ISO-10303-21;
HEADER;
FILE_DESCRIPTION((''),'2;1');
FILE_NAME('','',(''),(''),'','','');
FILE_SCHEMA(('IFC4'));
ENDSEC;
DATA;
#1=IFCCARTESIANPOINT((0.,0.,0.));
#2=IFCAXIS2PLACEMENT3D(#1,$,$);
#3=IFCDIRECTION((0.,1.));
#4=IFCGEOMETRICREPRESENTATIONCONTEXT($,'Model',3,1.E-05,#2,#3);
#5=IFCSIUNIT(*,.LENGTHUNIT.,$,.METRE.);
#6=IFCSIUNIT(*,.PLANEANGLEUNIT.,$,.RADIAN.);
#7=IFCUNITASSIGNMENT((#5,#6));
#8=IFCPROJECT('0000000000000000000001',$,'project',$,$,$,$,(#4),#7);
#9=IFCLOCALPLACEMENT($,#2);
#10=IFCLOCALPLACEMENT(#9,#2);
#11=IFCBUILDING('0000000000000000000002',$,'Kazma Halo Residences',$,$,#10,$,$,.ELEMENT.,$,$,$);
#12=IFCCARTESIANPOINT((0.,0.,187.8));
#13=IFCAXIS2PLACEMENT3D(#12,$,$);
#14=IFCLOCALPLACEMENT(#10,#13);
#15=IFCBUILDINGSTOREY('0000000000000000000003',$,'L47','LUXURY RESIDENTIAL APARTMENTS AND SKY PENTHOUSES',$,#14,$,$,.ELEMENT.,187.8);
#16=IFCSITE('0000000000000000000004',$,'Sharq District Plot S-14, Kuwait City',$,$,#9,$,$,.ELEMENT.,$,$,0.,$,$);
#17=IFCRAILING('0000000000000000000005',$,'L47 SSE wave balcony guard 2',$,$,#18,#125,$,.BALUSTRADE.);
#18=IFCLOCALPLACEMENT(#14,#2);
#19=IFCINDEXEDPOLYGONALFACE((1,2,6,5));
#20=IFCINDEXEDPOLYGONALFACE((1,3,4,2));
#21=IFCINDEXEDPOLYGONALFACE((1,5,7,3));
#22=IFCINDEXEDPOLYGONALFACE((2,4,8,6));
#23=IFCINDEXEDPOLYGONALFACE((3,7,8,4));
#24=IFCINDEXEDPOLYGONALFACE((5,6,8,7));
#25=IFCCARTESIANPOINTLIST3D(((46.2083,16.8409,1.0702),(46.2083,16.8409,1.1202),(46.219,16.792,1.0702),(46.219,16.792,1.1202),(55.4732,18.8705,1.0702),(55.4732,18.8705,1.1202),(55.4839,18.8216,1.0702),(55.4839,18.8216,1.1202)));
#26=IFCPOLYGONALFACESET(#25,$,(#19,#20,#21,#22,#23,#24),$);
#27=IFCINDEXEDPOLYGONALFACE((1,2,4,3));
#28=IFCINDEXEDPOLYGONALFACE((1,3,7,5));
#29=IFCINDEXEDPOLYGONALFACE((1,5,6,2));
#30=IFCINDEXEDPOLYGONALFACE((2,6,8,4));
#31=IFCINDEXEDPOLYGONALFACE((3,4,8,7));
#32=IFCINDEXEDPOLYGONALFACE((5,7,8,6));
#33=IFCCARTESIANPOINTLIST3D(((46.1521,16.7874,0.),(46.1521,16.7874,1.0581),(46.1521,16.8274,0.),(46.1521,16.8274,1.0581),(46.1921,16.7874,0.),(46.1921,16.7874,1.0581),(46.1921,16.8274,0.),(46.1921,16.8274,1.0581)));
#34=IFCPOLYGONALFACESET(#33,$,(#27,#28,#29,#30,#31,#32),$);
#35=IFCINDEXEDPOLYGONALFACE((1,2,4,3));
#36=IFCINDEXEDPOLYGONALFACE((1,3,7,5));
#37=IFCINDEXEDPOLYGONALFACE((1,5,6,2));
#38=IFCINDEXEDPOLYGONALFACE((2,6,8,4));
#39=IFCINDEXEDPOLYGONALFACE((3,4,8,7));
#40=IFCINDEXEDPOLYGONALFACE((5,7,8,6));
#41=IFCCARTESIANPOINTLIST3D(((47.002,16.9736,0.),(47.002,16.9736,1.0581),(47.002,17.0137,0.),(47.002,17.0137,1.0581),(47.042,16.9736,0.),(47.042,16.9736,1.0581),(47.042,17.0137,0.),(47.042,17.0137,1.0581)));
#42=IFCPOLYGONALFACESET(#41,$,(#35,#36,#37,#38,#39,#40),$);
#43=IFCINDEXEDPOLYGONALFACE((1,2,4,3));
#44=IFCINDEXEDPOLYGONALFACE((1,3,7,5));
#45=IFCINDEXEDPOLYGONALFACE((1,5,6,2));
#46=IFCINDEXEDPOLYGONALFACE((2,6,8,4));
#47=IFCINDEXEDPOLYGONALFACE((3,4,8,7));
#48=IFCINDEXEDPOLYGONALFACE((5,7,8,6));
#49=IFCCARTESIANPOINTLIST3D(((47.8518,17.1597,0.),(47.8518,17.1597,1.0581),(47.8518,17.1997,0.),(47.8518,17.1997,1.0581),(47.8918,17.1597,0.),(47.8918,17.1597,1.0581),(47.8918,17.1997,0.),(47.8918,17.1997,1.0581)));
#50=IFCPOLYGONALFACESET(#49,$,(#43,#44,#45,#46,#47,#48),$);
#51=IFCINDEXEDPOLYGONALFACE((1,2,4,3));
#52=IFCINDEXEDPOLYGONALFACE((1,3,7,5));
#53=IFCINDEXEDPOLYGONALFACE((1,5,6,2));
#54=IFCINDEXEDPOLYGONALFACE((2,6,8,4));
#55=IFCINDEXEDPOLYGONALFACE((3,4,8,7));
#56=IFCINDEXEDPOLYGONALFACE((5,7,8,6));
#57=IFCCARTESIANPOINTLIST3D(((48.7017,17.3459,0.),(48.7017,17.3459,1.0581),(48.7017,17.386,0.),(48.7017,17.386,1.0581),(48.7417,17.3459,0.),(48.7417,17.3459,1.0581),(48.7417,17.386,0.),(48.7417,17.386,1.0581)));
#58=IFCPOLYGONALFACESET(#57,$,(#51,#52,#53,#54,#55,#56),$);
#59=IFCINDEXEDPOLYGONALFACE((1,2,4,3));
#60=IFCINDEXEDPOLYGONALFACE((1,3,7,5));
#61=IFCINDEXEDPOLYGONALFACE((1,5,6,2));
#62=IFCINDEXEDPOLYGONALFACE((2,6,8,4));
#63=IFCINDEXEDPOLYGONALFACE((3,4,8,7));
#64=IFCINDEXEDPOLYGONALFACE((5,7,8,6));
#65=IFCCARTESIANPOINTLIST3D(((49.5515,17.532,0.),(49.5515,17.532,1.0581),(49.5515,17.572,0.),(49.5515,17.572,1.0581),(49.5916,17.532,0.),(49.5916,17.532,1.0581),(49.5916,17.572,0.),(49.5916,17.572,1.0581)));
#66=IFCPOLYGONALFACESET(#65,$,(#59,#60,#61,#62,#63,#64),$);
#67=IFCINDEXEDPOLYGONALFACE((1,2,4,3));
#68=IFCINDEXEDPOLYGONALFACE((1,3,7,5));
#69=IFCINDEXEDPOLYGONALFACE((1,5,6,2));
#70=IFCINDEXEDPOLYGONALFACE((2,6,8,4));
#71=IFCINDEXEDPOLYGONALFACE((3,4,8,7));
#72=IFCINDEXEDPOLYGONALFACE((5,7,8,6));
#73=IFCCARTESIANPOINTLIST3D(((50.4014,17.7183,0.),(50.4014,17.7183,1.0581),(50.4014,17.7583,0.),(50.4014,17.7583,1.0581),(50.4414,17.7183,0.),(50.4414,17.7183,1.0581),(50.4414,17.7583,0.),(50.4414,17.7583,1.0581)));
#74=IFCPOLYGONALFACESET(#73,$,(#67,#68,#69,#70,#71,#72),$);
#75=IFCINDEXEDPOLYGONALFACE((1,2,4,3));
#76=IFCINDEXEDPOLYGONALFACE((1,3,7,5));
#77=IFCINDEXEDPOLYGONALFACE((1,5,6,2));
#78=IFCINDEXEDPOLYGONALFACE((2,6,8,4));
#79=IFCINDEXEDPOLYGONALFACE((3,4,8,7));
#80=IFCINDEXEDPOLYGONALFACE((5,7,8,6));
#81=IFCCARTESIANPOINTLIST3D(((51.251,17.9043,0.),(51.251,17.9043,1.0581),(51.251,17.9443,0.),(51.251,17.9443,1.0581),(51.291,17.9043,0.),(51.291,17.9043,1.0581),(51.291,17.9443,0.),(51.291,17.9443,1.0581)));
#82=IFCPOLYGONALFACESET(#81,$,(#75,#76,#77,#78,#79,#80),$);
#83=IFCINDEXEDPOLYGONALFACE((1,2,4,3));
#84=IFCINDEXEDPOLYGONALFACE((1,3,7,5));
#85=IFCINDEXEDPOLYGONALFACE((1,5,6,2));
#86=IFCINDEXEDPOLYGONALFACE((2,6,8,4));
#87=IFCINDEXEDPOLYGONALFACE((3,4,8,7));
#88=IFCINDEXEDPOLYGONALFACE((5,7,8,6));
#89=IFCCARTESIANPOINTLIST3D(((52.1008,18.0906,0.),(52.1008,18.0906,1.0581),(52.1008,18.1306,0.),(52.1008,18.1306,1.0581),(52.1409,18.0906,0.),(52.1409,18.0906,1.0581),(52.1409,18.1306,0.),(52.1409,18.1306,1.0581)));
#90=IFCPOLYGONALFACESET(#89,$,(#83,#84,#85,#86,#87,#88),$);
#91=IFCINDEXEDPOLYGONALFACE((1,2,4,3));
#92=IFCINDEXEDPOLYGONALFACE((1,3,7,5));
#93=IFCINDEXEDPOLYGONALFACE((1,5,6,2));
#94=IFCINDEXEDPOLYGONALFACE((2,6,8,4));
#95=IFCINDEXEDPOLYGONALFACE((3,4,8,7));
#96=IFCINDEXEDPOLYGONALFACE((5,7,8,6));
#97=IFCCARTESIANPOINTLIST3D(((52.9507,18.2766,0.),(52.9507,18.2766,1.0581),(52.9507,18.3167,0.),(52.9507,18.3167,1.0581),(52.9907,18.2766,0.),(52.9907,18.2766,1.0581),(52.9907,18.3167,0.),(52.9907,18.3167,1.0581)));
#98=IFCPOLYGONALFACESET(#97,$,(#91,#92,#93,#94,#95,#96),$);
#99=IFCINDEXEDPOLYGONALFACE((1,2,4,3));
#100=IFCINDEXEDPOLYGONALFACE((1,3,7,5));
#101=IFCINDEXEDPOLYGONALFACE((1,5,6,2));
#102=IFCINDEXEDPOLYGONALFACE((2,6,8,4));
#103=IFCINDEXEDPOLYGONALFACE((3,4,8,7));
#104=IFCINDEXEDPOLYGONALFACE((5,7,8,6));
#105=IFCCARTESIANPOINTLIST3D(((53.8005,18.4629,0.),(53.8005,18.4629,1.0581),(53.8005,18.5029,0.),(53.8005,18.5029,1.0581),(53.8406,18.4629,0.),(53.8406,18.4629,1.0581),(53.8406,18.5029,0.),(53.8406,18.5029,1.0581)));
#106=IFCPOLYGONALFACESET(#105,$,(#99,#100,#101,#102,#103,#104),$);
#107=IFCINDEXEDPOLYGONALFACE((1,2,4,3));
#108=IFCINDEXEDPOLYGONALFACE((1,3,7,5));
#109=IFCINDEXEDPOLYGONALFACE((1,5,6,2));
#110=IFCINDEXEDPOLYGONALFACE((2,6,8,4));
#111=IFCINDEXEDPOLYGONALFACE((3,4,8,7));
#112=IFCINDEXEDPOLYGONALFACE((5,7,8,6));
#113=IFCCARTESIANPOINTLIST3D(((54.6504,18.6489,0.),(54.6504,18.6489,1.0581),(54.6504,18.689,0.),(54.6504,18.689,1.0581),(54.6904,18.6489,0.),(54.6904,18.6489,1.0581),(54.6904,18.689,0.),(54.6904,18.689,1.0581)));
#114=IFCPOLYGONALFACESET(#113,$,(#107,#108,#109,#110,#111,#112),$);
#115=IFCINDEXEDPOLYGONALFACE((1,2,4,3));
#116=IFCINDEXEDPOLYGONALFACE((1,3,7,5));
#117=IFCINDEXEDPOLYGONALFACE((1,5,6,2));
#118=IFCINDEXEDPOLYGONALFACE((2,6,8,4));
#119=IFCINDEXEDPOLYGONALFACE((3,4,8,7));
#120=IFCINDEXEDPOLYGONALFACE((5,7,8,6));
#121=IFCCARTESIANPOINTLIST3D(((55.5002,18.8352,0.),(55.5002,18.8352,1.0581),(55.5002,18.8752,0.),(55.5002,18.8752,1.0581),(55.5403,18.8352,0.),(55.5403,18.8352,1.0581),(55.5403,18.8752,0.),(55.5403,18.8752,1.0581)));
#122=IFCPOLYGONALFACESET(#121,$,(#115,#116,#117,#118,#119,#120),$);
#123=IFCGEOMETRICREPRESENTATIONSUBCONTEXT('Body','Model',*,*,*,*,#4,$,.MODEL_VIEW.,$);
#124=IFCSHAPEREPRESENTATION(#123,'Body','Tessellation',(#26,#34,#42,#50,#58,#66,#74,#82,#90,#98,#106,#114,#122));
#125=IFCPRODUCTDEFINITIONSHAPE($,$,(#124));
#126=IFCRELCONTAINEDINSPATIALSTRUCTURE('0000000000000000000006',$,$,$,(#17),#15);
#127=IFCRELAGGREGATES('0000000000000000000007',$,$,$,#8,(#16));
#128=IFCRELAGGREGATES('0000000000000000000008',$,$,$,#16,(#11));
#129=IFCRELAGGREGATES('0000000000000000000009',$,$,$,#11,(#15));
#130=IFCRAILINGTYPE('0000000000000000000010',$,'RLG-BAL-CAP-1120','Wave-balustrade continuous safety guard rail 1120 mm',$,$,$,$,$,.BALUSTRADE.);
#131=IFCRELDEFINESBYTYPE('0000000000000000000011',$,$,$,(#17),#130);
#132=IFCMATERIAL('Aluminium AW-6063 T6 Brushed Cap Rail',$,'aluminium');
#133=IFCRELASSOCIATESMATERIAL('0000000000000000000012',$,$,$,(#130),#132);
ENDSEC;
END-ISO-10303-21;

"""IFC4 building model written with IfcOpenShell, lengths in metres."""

from ifc_helpers import new_model, si_unit, direction, frame, origin, origin_2d, place, context, subcontext, project, spatial, rectangle, extrude, material, type_object, element, save


model = new_model("IFC4")

# Units and contexts
model_context = context("Model", 3, precision=1e-05, world=origin(), true_north=direction((0.0, 1.0)))
body_context = subcontext(model_context, "Body", "Model", "MODEL_VIEW")
ifc_project = project(units=[si_unit("LENGTHUNIT", "METRE"), si_unit("PLANEANGLEUNIT", "RADIAN")], contexts=[model_context])

# Site, building, storey
site_placement = place(None, origin())
site = spatial("IfcSite", under=ifc_project, at=site_placement, Name="Sharq District Plot S-14, Kuwait City", CompositionType="ELEMENT", RefElevation=0.0)
building_placement = place(site_placement, origin())
building = spatial("IfcBuilding", under=site, at=building_placement, Name="Kazma Halo Residences", CompositionType="ELEMENT")
storey_placement = place(building_placement, frame((0.0, 0.0, 187.8)))
storey = spatial("IfcBuildingStorey", under=building, at=storey_placement, Name="L47", Description="LUXURY RESIDENTIAL APARTMENTS AND SKY PENTHOUSES", CompositionType="ELEMENT", Elevation=187.8)

# Railing
ifc_material_1 = material(Name="Aluminium AW-6063 T6 Brushed Cap Rail", Category="aluminium")
railing_type = type_object("IfcRailingType", Name="RLG-BAL-CAP-1120", Description="Wave-balustrade continuous safety guard rail 1120 mm", PredefinedType="BALUSTRADE", material=ifc_material_1)
railing_1_placement = place(storey_placement, frame((46.1721, 16.8074, 0.0)))
element("IfcRailing", 1, at=railing_1_placement, inside=storey, type_object=railing_type, Name="L47 SSE wave balcony guard 2", PredefinedType="BALUSTRADE", context=body_context, shape_type="SweptSolid", body=[
    extrude(rectangle(XDim=0.05, YDim=0.05, at=origin_2d()), frame((0.0415, 0.009, 1.0952), z_axis=(0.976836, 0.213991, 0.0), x_axis=(-0.213991, 0.976836, 0.0)), (0.0, 0.0, 1.0), 9.4846),
    extrude(rectangle(XDim=0.04, YDim=0.04, at=origin_2d()), origin(), (0.0, 0.0, 1.0), 1.0581),
    extrude(rectangle(XDim=0.04, YDim=0.04, at=origin_2d()), frame((0.8499, 0.1863, 0.0)), (0.0, 0.0, 1.0), 1.0581),
    extrude(rectangle(XDim=0.04, YDim=0.04, at=origin_2d()), frame((1.6997, 0.3723, 0.0)), (0.0, 0.0, 1.0), 1.0581),
    extrude(rectangle(XDim=0.04, YDim=0.04, at=origin_2d()), frame((2.5496, 0.5586, 0.0)), (0.0, 0.0, 1.0), 1.0581),
    extrude(rectangle(XDim=0.04, YDim=0.04, at=origin_2d()), frame((3.3994, 0.7446, 0.0)), (0.0, 0.0, 1.0), 1.0581),
    extrude(rectangle(XDim=0.04, YDim=0.04, at=origin_2d()), frame((4.2493, 0.9309, 0.0)), (0.0, 0.0, 1.0), 1.0581),
    extrude(rectangle(XDim=0.04, YDim=0.04, at=origin_2d()), frame((5.0989, 1.1169, 0.0)), (0.0, 0.0, 1.0), 1.0581),
    extrude(rectangle(XDim=0.04, YDim=0.04, at=origin_2d()), frame((5.9487, 1.3032, 0.0)), (0.0, 0.0, 1.0), 1.0581),
    extrude(rectangle(XDim=0.04, YDim=0.04, at=origin_2d()), frame((6.7986, 1.4893, 0.0)), (0.0, 0.0, 1.0), 1.0581),
    extrude(rectangle(XDim=0.04, YDim=0.04, at=origin_2d()), frame((7.6484, 1.6755, 0.0)), (0.0, 0.0, 1.0), 1.0581),
    extrude(rectangle(XDim=0.04, YDim=0.04, at=origin_2d()), frame((8.4983, 1.8616, 0.0)), (0.0, 0.0, 1.0), 1.0581),
    extrude(rectangle(XDim=0.04, YDim=0.04, at=origin_2d()), frame((9.3481, 2.0479, 0.0)), (0.0, 0.0, 1.0), 1.0581),
])

save(model, "model.ifc")
